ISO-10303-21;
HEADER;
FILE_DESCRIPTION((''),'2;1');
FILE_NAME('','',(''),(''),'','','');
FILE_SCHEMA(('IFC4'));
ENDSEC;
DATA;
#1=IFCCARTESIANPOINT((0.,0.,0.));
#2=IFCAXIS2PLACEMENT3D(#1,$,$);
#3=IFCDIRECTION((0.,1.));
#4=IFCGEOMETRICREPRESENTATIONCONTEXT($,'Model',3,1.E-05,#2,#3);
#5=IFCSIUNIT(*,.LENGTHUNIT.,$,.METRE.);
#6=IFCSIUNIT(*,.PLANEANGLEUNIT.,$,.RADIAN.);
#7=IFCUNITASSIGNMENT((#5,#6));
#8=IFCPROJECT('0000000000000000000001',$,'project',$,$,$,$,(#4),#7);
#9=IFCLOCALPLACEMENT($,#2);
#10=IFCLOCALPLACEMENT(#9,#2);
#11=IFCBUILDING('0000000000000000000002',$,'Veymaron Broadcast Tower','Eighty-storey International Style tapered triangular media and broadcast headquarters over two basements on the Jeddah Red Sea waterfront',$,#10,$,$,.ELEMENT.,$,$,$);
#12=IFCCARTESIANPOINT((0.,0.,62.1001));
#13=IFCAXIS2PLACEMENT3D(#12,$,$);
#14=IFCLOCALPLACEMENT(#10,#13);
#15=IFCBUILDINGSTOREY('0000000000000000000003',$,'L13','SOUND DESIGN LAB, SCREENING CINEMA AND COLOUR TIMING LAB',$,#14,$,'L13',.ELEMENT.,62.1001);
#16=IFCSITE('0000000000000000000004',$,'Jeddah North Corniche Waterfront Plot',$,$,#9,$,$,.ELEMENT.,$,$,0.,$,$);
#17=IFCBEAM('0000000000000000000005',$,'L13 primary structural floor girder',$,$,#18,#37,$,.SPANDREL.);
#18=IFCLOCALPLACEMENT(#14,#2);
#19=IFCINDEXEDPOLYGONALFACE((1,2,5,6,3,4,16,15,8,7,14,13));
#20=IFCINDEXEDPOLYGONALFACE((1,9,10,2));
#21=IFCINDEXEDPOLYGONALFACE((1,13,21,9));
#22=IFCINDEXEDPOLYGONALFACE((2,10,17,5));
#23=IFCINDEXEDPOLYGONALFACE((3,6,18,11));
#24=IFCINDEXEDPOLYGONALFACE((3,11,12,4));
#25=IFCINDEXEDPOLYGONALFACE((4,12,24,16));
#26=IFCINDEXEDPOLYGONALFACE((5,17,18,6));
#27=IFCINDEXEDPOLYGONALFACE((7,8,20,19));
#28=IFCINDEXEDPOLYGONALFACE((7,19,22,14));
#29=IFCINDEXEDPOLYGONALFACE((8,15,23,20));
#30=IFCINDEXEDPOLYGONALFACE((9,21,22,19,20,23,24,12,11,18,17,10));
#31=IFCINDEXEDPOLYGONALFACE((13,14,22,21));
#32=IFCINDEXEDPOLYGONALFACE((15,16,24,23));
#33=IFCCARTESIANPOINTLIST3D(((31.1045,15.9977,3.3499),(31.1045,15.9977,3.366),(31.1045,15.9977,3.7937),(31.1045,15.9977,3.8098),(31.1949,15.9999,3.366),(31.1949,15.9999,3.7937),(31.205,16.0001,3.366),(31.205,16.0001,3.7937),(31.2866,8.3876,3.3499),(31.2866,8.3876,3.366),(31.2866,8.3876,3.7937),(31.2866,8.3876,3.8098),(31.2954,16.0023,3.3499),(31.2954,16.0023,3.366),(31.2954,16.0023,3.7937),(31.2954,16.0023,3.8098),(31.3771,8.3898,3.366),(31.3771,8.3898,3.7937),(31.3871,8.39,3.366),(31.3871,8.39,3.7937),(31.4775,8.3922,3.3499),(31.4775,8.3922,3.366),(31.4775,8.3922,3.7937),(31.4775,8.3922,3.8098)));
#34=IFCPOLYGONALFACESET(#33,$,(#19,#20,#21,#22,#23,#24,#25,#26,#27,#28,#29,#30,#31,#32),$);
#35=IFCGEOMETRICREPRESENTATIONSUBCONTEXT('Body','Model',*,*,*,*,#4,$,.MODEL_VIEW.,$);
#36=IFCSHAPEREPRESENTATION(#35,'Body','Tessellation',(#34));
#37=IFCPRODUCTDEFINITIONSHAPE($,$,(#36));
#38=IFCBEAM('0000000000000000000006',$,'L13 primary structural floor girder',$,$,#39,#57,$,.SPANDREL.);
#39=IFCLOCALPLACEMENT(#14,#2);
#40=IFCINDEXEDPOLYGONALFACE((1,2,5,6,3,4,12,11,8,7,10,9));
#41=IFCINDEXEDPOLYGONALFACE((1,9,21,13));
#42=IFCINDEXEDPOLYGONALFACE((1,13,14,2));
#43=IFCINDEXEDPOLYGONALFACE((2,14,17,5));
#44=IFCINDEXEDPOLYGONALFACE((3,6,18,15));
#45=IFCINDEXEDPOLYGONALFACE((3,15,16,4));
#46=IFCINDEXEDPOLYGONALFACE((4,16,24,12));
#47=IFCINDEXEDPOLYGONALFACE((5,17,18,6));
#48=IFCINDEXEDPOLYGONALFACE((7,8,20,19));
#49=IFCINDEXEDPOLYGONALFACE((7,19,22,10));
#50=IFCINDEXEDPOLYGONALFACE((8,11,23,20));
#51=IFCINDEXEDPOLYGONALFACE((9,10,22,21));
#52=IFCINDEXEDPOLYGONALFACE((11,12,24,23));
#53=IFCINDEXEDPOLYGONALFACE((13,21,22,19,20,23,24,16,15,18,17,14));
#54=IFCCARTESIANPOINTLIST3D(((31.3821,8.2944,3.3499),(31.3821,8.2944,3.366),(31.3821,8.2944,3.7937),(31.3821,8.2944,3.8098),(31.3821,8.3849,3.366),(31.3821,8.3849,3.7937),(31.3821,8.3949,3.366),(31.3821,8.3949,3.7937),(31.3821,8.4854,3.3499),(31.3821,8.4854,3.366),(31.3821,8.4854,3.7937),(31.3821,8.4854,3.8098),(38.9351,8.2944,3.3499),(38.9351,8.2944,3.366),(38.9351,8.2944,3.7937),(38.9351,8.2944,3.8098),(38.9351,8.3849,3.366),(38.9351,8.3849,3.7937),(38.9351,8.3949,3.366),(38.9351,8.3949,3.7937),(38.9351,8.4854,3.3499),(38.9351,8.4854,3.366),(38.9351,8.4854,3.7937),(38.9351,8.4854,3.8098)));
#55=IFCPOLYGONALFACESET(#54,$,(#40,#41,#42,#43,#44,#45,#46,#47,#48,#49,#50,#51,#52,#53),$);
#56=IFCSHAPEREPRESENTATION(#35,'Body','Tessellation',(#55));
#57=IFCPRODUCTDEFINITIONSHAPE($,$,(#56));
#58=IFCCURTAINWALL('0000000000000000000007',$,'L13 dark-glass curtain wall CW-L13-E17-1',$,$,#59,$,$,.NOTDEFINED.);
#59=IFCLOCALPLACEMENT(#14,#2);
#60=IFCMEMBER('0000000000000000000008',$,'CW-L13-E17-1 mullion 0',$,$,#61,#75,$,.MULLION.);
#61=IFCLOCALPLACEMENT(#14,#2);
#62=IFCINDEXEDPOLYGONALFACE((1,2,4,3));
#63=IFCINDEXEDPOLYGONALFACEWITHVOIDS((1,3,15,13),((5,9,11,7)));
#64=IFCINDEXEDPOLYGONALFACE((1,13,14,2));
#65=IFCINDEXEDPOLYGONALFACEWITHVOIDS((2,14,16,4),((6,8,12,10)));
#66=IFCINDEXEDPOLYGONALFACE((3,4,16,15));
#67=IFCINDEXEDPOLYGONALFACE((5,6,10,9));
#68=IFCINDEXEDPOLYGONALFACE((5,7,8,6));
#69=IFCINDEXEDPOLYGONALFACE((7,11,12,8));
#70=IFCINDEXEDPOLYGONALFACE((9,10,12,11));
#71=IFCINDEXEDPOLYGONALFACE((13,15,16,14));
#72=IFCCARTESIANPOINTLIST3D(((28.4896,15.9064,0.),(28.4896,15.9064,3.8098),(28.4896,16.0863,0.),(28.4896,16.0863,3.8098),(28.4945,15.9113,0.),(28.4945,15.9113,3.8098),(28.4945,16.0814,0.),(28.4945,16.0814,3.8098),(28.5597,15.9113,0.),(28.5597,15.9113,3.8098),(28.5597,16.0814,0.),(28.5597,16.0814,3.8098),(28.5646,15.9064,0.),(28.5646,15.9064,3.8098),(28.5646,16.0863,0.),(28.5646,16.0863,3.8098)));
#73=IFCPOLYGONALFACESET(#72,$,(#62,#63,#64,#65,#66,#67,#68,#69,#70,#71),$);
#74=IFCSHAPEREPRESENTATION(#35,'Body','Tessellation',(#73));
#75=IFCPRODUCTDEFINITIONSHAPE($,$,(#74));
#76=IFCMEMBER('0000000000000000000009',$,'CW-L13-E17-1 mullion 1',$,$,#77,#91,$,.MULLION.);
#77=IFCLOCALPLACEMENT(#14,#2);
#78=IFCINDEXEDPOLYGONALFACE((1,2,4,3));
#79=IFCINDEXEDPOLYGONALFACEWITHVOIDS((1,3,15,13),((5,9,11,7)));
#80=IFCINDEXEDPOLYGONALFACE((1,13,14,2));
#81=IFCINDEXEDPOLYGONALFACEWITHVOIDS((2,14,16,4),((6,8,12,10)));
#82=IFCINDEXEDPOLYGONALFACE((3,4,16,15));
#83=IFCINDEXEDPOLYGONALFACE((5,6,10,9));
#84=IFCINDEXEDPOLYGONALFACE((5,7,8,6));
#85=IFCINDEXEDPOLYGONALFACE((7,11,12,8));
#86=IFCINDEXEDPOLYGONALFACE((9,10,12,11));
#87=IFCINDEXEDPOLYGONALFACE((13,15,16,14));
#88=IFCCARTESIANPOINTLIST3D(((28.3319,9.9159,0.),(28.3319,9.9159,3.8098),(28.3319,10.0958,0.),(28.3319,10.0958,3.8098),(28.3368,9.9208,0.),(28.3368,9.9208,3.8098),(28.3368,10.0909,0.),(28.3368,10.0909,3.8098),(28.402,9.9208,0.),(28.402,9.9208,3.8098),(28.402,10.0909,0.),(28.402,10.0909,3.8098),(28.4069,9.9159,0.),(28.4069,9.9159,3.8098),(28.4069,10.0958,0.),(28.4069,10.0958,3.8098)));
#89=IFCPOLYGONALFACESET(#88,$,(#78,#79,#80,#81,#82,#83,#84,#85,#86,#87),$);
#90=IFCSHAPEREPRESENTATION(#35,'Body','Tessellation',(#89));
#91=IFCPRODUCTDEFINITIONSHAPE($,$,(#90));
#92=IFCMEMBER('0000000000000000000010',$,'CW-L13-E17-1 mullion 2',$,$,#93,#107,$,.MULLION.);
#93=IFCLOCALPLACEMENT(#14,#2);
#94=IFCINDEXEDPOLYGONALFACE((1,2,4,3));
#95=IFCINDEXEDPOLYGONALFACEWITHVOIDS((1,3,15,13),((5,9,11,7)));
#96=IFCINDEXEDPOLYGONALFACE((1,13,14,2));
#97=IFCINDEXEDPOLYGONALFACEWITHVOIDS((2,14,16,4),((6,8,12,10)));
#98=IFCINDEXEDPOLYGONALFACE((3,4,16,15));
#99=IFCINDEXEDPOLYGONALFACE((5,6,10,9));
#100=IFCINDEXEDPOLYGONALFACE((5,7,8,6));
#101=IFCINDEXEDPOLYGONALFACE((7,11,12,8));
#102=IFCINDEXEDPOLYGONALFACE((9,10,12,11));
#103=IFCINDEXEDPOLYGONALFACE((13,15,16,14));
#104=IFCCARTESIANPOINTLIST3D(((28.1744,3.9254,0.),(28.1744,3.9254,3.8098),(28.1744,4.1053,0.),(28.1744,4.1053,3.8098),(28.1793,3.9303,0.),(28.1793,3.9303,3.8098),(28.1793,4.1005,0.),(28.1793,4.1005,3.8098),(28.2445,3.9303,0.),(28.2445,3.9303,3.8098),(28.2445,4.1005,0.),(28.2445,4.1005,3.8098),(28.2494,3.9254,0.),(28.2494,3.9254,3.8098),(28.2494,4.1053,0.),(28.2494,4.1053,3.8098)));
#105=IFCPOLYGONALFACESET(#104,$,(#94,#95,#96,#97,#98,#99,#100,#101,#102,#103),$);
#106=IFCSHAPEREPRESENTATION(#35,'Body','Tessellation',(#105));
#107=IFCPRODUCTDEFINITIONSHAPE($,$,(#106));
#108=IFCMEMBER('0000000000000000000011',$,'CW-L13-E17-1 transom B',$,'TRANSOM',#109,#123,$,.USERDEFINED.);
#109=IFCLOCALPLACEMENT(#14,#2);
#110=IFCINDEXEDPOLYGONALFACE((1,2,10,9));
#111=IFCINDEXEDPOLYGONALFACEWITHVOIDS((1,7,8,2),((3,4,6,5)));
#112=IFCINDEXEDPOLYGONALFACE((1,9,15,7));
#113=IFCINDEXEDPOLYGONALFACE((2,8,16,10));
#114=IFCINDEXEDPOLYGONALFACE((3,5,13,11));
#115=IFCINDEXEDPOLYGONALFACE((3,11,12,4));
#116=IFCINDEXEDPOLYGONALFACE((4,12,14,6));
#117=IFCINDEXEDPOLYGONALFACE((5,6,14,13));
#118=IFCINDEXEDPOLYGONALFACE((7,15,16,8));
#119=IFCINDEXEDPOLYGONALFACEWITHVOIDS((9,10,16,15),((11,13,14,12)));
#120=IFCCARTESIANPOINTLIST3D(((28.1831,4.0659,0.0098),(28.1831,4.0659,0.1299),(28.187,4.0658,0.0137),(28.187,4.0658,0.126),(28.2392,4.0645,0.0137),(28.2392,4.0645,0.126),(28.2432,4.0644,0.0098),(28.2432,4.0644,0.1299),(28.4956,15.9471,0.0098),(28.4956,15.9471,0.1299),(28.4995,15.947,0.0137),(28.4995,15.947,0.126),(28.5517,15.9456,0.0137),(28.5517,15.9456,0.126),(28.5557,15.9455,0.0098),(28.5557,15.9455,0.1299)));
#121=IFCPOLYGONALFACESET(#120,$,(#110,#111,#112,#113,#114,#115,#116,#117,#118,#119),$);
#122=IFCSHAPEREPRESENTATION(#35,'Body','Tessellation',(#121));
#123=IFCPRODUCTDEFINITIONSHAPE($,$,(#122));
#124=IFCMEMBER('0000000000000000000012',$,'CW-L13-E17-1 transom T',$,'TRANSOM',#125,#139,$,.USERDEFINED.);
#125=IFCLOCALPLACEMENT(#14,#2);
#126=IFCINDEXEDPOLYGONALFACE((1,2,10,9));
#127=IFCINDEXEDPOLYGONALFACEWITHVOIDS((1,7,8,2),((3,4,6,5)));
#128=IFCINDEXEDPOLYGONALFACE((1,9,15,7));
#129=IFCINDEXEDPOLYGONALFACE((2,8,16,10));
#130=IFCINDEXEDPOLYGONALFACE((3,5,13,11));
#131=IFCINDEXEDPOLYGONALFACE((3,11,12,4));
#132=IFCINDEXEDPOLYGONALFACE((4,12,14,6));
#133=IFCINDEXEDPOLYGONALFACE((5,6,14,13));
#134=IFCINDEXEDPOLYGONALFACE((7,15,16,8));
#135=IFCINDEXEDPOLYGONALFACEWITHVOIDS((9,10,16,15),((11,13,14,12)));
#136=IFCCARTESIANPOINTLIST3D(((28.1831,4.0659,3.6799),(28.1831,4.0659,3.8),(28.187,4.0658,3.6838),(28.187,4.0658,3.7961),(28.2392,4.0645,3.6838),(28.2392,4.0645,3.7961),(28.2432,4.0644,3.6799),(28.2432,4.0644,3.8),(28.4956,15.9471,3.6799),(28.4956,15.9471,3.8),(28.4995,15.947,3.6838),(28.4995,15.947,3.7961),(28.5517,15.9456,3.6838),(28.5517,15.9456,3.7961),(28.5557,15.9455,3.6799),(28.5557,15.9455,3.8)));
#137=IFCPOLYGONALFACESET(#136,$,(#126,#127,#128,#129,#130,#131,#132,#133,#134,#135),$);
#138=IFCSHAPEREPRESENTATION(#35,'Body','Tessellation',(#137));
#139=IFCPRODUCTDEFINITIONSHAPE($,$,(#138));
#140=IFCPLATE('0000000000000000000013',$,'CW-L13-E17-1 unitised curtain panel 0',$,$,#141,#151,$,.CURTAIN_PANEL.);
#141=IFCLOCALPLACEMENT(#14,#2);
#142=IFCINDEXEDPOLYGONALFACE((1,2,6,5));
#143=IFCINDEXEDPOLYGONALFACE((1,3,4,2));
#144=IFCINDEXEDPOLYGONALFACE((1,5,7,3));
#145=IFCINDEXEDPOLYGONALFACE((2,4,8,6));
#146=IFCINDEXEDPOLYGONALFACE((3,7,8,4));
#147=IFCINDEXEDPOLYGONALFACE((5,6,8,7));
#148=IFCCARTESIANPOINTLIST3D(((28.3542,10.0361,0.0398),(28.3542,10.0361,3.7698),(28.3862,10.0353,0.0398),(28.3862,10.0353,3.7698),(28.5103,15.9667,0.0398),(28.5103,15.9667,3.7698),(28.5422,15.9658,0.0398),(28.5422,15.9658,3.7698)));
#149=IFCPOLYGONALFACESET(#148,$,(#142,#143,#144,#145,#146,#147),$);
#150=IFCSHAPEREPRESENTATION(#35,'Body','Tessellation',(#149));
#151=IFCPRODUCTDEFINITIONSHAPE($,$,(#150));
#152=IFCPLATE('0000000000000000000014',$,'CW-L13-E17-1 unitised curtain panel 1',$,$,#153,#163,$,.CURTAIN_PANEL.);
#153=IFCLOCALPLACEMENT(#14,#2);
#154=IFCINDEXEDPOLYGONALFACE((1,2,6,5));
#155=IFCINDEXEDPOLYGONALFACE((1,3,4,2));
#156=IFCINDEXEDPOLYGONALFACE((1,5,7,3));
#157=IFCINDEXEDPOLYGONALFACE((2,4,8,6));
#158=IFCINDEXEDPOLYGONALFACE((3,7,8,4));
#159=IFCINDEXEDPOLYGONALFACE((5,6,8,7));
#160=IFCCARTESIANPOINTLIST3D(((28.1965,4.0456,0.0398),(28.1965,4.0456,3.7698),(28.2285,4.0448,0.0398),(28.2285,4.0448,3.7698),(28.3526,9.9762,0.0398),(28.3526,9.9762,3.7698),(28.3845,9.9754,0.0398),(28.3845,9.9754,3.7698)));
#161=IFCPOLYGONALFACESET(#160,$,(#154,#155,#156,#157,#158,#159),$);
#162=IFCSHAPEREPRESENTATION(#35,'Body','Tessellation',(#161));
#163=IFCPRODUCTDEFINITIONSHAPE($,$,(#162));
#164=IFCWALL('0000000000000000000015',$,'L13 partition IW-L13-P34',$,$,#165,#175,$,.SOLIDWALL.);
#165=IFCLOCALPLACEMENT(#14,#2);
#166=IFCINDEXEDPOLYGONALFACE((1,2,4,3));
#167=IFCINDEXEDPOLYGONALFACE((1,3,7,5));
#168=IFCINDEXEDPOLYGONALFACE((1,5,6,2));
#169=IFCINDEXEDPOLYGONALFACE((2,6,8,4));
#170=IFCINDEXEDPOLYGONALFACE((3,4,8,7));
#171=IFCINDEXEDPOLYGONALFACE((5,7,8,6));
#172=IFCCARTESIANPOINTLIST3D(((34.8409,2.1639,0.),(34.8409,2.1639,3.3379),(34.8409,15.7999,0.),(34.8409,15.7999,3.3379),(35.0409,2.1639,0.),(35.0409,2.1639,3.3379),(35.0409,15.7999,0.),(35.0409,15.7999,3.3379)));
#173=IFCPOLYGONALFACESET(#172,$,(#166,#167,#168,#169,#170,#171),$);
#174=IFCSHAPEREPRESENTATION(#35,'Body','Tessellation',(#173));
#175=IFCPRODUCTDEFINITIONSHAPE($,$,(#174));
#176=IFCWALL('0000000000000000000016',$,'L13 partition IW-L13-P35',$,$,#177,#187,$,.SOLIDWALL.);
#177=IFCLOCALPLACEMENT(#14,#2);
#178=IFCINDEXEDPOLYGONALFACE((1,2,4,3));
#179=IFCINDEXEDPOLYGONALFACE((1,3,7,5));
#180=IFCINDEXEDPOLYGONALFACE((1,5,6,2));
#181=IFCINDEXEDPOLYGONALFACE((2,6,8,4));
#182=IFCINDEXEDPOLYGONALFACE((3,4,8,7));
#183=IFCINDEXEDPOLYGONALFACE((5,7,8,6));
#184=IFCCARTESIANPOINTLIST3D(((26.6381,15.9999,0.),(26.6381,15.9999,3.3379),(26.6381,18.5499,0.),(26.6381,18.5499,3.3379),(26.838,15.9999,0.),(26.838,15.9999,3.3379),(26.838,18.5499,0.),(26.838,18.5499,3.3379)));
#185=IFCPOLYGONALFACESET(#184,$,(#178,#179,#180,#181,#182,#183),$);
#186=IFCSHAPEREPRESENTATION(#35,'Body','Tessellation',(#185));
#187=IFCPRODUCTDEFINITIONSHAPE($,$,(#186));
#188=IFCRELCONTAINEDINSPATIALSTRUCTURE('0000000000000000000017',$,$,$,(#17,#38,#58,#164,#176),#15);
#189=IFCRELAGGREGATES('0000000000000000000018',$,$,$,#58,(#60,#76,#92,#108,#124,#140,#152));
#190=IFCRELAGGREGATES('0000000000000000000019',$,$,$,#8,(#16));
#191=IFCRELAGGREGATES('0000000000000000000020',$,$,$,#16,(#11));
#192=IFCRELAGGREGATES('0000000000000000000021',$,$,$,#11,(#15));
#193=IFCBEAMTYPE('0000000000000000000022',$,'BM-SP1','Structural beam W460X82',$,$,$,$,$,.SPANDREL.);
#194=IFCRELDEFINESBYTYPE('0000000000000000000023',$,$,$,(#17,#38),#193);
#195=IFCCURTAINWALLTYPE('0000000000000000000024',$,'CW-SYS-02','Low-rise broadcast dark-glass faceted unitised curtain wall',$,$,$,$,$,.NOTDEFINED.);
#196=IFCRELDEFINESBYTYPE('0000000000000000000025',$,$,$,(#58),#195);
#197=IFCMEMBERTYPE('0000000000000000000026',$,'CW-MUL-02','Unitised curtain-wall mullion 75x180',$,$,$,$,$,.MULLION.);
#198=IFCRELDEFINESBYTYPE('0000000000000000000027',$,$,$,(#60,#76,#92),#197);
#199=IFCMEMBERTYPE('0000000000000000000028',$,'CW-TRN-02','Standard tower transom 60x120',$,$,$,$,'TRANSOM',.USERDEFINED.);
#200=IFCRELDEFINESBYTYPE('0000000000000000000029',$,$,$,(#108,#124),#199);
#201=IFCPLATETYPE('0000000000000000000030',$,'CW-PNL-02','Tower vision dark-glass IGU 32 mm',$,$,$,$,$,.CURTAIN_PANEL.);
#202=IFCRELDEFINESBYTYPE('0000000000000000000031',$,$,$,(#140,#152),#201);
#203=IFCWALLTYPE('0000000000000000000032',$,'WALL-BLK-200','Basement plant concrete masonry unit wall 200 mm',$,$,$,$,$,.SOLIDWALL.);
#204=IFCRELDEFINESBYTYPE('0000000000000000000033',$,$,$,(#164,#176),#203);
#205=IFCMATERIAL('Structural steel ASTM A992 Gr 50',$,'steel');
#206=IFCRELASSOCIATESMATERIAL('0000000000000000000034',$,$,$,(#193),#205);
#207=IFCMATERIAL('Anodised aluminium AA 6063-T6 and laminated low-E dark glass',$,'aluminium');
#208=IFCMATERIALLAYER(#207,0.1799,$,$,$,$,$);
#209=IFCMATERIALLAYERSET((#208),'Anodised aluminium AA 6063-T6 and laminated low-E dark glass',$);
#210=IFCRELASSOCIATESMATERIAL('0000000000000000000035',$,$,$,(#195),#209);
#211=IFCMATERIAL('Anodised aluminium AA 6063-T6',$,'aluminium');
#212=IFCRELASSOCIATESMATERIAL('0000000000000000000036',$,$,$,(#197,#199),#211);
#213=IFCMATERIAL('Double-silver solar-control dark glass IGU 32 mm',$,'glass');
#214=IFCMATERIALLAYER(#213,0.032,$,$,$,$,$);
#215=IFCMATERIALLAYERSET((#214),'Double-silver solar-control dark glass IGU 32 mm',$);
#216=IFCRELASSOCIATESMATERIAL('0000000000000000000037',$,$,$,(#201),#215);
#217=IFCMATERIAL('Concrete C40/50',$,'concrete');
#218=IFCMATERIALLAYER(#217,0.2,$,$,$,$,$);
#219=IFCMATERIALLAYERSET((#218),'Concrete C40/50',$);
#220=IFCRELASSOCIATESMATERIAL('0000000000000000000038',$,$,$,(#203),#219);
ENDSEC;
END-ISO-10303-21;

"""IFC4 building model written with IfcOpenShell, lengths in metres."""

from ifc_helpers import new_model, si_unit, direction, frame, frame_2d, origin, origin_2d, place, context, subcontext, project, spatial, rectangle, hollow_rectangle, i_section, extrude, material, layer, layer_set, material_profile, profile_set, type_object, element, aggregate, save


model = new_model("IFC4")

# Units and contexts
model_context = context("Model", 3, precision=1e-05, world=origin(), true_north=direction((0.0, 1.0)))
body_context = subcontext(model_context, "Body", "Model", "MODEL_VIEW")
ifc_project = project(units=[si_unit("LENGTHUNIT", "METRE"), si_unit("PLANEANGLEUNIT", "RADIAN")], contexts=[model_context])

# Site, building, storey
site_placement = place(None, origin())
site = spatial("IfcSite", under=ifc_project, at=site_placement, Name="Jeddah North Corniche Waterfront Plot", CompositionType="ELEMENT", RefElevation=0.0)
building_placement = place(site_placement, origin())
building = spatial("IfcBuilding", under=site, at=building_placement, Name="Veymaron Broadcast Tower", Description="Eighty-storey International Style tapered triangular media and broadcast headquarters over two basements on the Jeddah Red Sea waterfront", CompositionType="ELEMENT")
storey_placement = place(building_placement, frame((0.0, 0.0, 62.1001)))
storey = spatial("IfcBuildingStorey", under=building, at=storey_placement, Name="L13", Description="SOUND DESIGN LAB, SCREENING CINEMA AND COLOUR TIMING LAB", LongName="L13", CompositionType="ELEMENT", Elevation=62.1001)

# Beams
ifc_material_1 = material(Name="Structural steel ASTM A992 Gr 50", Category="steel")
ifc_material_profile_1 = material_profile(ifc_material_1, i_section(OverallWidth=0.1909, OverallDepth=0.46, WebThickness=0.01, FlangeThickness=0.0161, at=origin_2d()), Name="W460X82")
ifc_profile_set_1 = profile_set([ifc_material_profile_1], Name="Structural steel ASTM A992 Gr 50")
beam_type_1 = type_object("IfcBeamType", Name="BM-SP1", Description="Structural beam W460X82", PredefinedType="SPANDREL", material=ifc_profile_set_1)
beam_1_placement = place(storey_placement, frame((31.2, 16.0, 3.5798), z_axis=(0.023926, -0.999714, 0.0), x_axis=(0.999714, 0.023926, 0.0)))
element("IfcBeam", 1, at=beam_1_placement, inside=storey, type_object=beam_type_1, Name="L13 primary structural floor girder", PredefinedType="SPANDREL", context=body_context, shape_type="SweptSolid", body=[
    extrude(i_section(OverallWidth=0.1909, OverallDepth=0.46, WebThickness=0.01, FlangeThickness=0.0161, at=origin_2d()), origin(), (0.0, 0.0, 1.0), 7.6123),
])
beam_2_placement = place(storey_placement, frame((31.3821, 8.3899, 3.5798), z_axis=(1.0, 0.0, 0.0), x_axis=(0.0, 1.0, 0.0)))
element("IfcBeam", 2, at=beam_2_placement, inside=storey, type_object=beam_type_1, Name="L13 primary structural floor girder", PredefinedType="SPANDREL", context=body_context, shape_type="SweptSolid", body=[
    extrude(i_section(OverallWidth=0.1909, OverallDepth=0.46, WebThickness=0.01, FlangeThickness=0.0161, at=origin_2d()), origin(), (0.0, 0.0, 1.0), 7.553),
])

# Curtain wall, members, plates
ifc_material_2 = material(Name="Anodised aluminium AA 6063-T6 and laminated low-E dark glass", Category="aluminium")
ifc_layer_1 = layer(ifc_material_2, 0.1799)
ifc_layer_set_1 = layer_set([ifc_layer_1], Name="Anodised aluminium AA 6063-T6 and laminated low-E dark glass")
curtain_wall_type = type_object("IfcCurtainWallType", Name="CW-SYS-02", Description="Low-rise broadcast dark-glass faceted unitised curtain wall", PredefinedType="NOTDEFINED", material=ifc_layer_set_1)
curtain_wall_placement = place(storey_placement, origin())
curtain_wall = element("IfcCurtainWall", 3, at=curtain_wall_placement, inside=storey, type_object=curtain_wall_type, Name="L13 dark-glass curtain wall CW-L13-E17-1", PredefinedType="NOTDEFINED")
ifc_material_3 = material(Name="Anodised aluminium AA 6063-T6", Category="aluminium")
ifc_material_profile_2 = material_profile(ifc_material_3, hollow_rectangle(XDim=0.075, YDim=0.1799, WallThickness=0.0049, at=origin_2d()), Name="AL180X75X5")
ifc_profile_set_2 = profile_set([ifc_material_profile_2], Name="Anodised aluminium AA 6063-T6")
member_type_1 = type_object("IfcMemberType", Name="CW-MUL-02", Description="Unitised curtain-wall mullion 75x180", PredefinedType="MULLION", material=ifc_profile_set_2)
member_1_placement = place(storey_placement, frame((28.5271, 15.9963, 0.0), z_axis=(0.0, 0.0, 1.0), x_axis=(1.0, 0.0, 0.0)))
member_1 = element("IfcMember", 4, at=member_1_placement, type_object=member_type_1, Name="CW-L13-E17-1 mullion 0", PredefinedType="MULLION", context=body_context, shape_type="SweptSolid", body=[
    extrude(hollow_rectangle(XDim=0.075, YDim=0.1799, WallThickness=0.0049, at=origin_2d()), origin(), (0.0, 0.0, 1.0), 3.8098),
])
member_2_placement = place(storey_placement, frame((28.3694, 10.0059, 0.0), z_axis=(0.0, 0.0, 1.0), x_axis=(1.0, 0.0, 0.0)))
member_2 = element("IfcMember", 5, at=member_2_placement, type_object=member_type_1, Name="CW-L13-E17-1 mullion 1", PredefinedType="MULLION", context=body_context, shape_type="SweptSolid", body=[
    extrude(hollow_rectangle(XDim=0.075, YDim=0.1799, WallThickness=0.0049, at=origin_2d()), origin(), (0.0, 0.0, 1.0), 3.8098),
])
member_3_placement = place(storey_placement, frame((28.2119, 4.0154, 0.0), z_axis=(0.0, 0.0, 1.0), x_axis=(1.0, 0.0, 0.0)))
member_3 = element("IfcMember", 6, at=member_3_placement, type_object=member_type_1, Name="CW-L13-E17-1 mullion 2", PredefinedType="MULLION", context=body_context, shape_type="SweptSolid", body=[
    extrude(hollow_rectangle(XDim=0.075, YDim=0.1799, WallThickness=0.0049, at=origin_2d()), origin(), (0.0, 0.0, 1.0), 3.8098),
])
ifc_material_profile_3 = material_profile(ifc_material_3, hollow_rectangle(XDim=0.0601, YDim=0.1201, WallThickness=0.0039, at=origin_2d()), Name="AL120X60X4")
ifc_profile_set_3 = profile_set([ifc_material_profile_3], Name="Anodised aluminium AA 6063-T6")
member_type_2 = type_object("IfcMemberType", Name="CW-TRN-02", Description="Standard tower transom 60x120", ElementType="TRANSOM", PredefinedType="USERDEFINED", material=ifc_profile_set_3)
member_4_placement = place(storey_placement, frame((28.5256, 15.9463, 0.0698), z_axis=(-0.026293, -0.999654, 0.0), x_axis=(0.999654, -0.026293, 0.0)))
member_4 = element("IfcMember", 7, at=member_4_placement, type_object=member_type_2, Name="CW-L13-E17-1 transom B", ObjectType="TRANSOM", PredefinedType="USERDEFINED", context=body_context, shape_type="SweptSolid", body=[
    extrude(hollow_rectangle(XDim=0.0601, YDim=0.1201, WallThickness=0.0039, at=origin_2d()), origin(), (0.0, 0.0, 1.0), 11.8853),
])
member_5_placement = place(storey_placement, frame((28.5256, 15.9463, 3.74), z_axis=(-0.026293, -0.999654, 0.0), x_axis=(0.999654, -0.026293, 0.0)))
member_5 = element("IfcMember", 8, at=member_5_placement, type_object=member_type_2, Name="CW-L13-E17-1 transom T", ObjectType="TRANSOM", PredefinedType="USERDEFINED", context=body_context, shape_type="SweptSolid", body=[
    extrude(hollow_rectangle(XDim=0.0601, YDim=0.1201, WallThickness=0.0039, at=origin_2d()), origin(), (0.0, 0.0, 1.0), 11.8853),
])
ifc_material_4 = material(Name="Double-silver solar-control dark glass IGU 32 mm", Category="glass")
ifc_layer_2 = layer(ifc_material_4, 0.032)
ifc_layer_set_2 = layer_set([ifc_layer_2], Name="Double-silver solar-control dark glass IGU 32 mm")
plate_type = type_object("IfcPlateType", Name="CW-PNL-02", Description="Tower vision dark-glass IGU 32 mm", PredefinedType="CURTAIN_PANEL", material=ifc_layer_set_2)
plate_1_placement = place(storey_placement, frame((28.4482, 13.001, 0.0398), z_axis=(0.0, 0.0, 1.0), x_axis=(-0.026299, -0.999654, 0.0)))
plate_1 = element("IfcPlate", 9, at=plate_1_placement, type_object=plate_type, Name="CW-L13-E17-1 unitised curtain panel 0", PredefinedType="CURTAIN_PANEL", context=body_context, shape_type="SweptSolid", body=[
    extrude(rectangle(XDim=5.9326, YDim=0.032, at=origin_2d()), origin(), (0.0, 0.0, 1.0), 3.73),
])
plate_2_placement = place(storey_placement, frame((28.2905, 7.0105, 0.0398), z_axis=(0.0, 0.0, 1.0), x_axis=(-0.026299, -0.999654, 0.0)))
plate_2 = element("IfcPlate", 10, at=plate_2_placement, type_object=plate_type, Name="CW-L13-E17-1 unitised curtain panel 1", PredefinedType="CURTAIN_PANEL", context=body_context, shape_type="SweptSolid", body=[
    extrude(rectangle(XDim=5.9326, YDim=0.032, at=origin_2d()), origin(), (0.0, 0.0, 1.0), 3.73),
])
aggregate(curtain_wall, [member_1, member_2, member_3, member_4, member_5, plate_1, plate_2])

# Walls
ifc_material_5 = material(Name="Concrete C40/50", Category="concrete")
ifc_layer_3 = layer(ifc_material_5, 0.2)
ifc_layer_set_3 = layer_set([ifc_layer_3], Name="Concrete C40/50")
wall_type_1 = type_object("IfcWallType", Name="WALL-BLK-200", Description="Basement plant concrete masonry unit wall 200 mm", PredefinedType="SOLIDWALL", material=ifc_layer_set_3)
wall_1_placement = place(storey_placement, frame((34.9409, 2.1641, 0.0), z_axis=(0.0, 0.0, 1.0), x_axis=(0.0, 1.0, 0.0)))
element("IfcWall", 11, at=wall_1_placement, inside=storey, type_object=wall_type_1, Name="L13 partition IW-L13-P34", PredefinedType="SOLIDWALL", context=body_context, shape_type="SweptSolid", body=[
    extrude(rectangle(XDim=13.636, YDim=0.2, at=frame_2d((6.8179, 0.0))), origin(), (0.0, 0.0, 1.0), 3.3379),
])
wall_2_placement = place(storey_placement, frame((26.738, 16.0, 0.0), z_axis=(0.0, 0.0, 1.0), x_axis=(0.0, 1.0, 0.0)))
element("IfcWall", 12, at=wall_2_placement, inside=storey, type_object=wall_type_1, Name="L13 partition IW-L13-P35", PredefinedType="SOLIDWALL", context=body_context, shape_type="SweptSolid", body=[
    extrude(rectangle(XDim=2.55, YDim=0.2, at=frame_2d((1.2749, 0.0))), origin(), (0.0, 0.0, 1.0), 3.3379),
])

save(model, "model.ifc")
